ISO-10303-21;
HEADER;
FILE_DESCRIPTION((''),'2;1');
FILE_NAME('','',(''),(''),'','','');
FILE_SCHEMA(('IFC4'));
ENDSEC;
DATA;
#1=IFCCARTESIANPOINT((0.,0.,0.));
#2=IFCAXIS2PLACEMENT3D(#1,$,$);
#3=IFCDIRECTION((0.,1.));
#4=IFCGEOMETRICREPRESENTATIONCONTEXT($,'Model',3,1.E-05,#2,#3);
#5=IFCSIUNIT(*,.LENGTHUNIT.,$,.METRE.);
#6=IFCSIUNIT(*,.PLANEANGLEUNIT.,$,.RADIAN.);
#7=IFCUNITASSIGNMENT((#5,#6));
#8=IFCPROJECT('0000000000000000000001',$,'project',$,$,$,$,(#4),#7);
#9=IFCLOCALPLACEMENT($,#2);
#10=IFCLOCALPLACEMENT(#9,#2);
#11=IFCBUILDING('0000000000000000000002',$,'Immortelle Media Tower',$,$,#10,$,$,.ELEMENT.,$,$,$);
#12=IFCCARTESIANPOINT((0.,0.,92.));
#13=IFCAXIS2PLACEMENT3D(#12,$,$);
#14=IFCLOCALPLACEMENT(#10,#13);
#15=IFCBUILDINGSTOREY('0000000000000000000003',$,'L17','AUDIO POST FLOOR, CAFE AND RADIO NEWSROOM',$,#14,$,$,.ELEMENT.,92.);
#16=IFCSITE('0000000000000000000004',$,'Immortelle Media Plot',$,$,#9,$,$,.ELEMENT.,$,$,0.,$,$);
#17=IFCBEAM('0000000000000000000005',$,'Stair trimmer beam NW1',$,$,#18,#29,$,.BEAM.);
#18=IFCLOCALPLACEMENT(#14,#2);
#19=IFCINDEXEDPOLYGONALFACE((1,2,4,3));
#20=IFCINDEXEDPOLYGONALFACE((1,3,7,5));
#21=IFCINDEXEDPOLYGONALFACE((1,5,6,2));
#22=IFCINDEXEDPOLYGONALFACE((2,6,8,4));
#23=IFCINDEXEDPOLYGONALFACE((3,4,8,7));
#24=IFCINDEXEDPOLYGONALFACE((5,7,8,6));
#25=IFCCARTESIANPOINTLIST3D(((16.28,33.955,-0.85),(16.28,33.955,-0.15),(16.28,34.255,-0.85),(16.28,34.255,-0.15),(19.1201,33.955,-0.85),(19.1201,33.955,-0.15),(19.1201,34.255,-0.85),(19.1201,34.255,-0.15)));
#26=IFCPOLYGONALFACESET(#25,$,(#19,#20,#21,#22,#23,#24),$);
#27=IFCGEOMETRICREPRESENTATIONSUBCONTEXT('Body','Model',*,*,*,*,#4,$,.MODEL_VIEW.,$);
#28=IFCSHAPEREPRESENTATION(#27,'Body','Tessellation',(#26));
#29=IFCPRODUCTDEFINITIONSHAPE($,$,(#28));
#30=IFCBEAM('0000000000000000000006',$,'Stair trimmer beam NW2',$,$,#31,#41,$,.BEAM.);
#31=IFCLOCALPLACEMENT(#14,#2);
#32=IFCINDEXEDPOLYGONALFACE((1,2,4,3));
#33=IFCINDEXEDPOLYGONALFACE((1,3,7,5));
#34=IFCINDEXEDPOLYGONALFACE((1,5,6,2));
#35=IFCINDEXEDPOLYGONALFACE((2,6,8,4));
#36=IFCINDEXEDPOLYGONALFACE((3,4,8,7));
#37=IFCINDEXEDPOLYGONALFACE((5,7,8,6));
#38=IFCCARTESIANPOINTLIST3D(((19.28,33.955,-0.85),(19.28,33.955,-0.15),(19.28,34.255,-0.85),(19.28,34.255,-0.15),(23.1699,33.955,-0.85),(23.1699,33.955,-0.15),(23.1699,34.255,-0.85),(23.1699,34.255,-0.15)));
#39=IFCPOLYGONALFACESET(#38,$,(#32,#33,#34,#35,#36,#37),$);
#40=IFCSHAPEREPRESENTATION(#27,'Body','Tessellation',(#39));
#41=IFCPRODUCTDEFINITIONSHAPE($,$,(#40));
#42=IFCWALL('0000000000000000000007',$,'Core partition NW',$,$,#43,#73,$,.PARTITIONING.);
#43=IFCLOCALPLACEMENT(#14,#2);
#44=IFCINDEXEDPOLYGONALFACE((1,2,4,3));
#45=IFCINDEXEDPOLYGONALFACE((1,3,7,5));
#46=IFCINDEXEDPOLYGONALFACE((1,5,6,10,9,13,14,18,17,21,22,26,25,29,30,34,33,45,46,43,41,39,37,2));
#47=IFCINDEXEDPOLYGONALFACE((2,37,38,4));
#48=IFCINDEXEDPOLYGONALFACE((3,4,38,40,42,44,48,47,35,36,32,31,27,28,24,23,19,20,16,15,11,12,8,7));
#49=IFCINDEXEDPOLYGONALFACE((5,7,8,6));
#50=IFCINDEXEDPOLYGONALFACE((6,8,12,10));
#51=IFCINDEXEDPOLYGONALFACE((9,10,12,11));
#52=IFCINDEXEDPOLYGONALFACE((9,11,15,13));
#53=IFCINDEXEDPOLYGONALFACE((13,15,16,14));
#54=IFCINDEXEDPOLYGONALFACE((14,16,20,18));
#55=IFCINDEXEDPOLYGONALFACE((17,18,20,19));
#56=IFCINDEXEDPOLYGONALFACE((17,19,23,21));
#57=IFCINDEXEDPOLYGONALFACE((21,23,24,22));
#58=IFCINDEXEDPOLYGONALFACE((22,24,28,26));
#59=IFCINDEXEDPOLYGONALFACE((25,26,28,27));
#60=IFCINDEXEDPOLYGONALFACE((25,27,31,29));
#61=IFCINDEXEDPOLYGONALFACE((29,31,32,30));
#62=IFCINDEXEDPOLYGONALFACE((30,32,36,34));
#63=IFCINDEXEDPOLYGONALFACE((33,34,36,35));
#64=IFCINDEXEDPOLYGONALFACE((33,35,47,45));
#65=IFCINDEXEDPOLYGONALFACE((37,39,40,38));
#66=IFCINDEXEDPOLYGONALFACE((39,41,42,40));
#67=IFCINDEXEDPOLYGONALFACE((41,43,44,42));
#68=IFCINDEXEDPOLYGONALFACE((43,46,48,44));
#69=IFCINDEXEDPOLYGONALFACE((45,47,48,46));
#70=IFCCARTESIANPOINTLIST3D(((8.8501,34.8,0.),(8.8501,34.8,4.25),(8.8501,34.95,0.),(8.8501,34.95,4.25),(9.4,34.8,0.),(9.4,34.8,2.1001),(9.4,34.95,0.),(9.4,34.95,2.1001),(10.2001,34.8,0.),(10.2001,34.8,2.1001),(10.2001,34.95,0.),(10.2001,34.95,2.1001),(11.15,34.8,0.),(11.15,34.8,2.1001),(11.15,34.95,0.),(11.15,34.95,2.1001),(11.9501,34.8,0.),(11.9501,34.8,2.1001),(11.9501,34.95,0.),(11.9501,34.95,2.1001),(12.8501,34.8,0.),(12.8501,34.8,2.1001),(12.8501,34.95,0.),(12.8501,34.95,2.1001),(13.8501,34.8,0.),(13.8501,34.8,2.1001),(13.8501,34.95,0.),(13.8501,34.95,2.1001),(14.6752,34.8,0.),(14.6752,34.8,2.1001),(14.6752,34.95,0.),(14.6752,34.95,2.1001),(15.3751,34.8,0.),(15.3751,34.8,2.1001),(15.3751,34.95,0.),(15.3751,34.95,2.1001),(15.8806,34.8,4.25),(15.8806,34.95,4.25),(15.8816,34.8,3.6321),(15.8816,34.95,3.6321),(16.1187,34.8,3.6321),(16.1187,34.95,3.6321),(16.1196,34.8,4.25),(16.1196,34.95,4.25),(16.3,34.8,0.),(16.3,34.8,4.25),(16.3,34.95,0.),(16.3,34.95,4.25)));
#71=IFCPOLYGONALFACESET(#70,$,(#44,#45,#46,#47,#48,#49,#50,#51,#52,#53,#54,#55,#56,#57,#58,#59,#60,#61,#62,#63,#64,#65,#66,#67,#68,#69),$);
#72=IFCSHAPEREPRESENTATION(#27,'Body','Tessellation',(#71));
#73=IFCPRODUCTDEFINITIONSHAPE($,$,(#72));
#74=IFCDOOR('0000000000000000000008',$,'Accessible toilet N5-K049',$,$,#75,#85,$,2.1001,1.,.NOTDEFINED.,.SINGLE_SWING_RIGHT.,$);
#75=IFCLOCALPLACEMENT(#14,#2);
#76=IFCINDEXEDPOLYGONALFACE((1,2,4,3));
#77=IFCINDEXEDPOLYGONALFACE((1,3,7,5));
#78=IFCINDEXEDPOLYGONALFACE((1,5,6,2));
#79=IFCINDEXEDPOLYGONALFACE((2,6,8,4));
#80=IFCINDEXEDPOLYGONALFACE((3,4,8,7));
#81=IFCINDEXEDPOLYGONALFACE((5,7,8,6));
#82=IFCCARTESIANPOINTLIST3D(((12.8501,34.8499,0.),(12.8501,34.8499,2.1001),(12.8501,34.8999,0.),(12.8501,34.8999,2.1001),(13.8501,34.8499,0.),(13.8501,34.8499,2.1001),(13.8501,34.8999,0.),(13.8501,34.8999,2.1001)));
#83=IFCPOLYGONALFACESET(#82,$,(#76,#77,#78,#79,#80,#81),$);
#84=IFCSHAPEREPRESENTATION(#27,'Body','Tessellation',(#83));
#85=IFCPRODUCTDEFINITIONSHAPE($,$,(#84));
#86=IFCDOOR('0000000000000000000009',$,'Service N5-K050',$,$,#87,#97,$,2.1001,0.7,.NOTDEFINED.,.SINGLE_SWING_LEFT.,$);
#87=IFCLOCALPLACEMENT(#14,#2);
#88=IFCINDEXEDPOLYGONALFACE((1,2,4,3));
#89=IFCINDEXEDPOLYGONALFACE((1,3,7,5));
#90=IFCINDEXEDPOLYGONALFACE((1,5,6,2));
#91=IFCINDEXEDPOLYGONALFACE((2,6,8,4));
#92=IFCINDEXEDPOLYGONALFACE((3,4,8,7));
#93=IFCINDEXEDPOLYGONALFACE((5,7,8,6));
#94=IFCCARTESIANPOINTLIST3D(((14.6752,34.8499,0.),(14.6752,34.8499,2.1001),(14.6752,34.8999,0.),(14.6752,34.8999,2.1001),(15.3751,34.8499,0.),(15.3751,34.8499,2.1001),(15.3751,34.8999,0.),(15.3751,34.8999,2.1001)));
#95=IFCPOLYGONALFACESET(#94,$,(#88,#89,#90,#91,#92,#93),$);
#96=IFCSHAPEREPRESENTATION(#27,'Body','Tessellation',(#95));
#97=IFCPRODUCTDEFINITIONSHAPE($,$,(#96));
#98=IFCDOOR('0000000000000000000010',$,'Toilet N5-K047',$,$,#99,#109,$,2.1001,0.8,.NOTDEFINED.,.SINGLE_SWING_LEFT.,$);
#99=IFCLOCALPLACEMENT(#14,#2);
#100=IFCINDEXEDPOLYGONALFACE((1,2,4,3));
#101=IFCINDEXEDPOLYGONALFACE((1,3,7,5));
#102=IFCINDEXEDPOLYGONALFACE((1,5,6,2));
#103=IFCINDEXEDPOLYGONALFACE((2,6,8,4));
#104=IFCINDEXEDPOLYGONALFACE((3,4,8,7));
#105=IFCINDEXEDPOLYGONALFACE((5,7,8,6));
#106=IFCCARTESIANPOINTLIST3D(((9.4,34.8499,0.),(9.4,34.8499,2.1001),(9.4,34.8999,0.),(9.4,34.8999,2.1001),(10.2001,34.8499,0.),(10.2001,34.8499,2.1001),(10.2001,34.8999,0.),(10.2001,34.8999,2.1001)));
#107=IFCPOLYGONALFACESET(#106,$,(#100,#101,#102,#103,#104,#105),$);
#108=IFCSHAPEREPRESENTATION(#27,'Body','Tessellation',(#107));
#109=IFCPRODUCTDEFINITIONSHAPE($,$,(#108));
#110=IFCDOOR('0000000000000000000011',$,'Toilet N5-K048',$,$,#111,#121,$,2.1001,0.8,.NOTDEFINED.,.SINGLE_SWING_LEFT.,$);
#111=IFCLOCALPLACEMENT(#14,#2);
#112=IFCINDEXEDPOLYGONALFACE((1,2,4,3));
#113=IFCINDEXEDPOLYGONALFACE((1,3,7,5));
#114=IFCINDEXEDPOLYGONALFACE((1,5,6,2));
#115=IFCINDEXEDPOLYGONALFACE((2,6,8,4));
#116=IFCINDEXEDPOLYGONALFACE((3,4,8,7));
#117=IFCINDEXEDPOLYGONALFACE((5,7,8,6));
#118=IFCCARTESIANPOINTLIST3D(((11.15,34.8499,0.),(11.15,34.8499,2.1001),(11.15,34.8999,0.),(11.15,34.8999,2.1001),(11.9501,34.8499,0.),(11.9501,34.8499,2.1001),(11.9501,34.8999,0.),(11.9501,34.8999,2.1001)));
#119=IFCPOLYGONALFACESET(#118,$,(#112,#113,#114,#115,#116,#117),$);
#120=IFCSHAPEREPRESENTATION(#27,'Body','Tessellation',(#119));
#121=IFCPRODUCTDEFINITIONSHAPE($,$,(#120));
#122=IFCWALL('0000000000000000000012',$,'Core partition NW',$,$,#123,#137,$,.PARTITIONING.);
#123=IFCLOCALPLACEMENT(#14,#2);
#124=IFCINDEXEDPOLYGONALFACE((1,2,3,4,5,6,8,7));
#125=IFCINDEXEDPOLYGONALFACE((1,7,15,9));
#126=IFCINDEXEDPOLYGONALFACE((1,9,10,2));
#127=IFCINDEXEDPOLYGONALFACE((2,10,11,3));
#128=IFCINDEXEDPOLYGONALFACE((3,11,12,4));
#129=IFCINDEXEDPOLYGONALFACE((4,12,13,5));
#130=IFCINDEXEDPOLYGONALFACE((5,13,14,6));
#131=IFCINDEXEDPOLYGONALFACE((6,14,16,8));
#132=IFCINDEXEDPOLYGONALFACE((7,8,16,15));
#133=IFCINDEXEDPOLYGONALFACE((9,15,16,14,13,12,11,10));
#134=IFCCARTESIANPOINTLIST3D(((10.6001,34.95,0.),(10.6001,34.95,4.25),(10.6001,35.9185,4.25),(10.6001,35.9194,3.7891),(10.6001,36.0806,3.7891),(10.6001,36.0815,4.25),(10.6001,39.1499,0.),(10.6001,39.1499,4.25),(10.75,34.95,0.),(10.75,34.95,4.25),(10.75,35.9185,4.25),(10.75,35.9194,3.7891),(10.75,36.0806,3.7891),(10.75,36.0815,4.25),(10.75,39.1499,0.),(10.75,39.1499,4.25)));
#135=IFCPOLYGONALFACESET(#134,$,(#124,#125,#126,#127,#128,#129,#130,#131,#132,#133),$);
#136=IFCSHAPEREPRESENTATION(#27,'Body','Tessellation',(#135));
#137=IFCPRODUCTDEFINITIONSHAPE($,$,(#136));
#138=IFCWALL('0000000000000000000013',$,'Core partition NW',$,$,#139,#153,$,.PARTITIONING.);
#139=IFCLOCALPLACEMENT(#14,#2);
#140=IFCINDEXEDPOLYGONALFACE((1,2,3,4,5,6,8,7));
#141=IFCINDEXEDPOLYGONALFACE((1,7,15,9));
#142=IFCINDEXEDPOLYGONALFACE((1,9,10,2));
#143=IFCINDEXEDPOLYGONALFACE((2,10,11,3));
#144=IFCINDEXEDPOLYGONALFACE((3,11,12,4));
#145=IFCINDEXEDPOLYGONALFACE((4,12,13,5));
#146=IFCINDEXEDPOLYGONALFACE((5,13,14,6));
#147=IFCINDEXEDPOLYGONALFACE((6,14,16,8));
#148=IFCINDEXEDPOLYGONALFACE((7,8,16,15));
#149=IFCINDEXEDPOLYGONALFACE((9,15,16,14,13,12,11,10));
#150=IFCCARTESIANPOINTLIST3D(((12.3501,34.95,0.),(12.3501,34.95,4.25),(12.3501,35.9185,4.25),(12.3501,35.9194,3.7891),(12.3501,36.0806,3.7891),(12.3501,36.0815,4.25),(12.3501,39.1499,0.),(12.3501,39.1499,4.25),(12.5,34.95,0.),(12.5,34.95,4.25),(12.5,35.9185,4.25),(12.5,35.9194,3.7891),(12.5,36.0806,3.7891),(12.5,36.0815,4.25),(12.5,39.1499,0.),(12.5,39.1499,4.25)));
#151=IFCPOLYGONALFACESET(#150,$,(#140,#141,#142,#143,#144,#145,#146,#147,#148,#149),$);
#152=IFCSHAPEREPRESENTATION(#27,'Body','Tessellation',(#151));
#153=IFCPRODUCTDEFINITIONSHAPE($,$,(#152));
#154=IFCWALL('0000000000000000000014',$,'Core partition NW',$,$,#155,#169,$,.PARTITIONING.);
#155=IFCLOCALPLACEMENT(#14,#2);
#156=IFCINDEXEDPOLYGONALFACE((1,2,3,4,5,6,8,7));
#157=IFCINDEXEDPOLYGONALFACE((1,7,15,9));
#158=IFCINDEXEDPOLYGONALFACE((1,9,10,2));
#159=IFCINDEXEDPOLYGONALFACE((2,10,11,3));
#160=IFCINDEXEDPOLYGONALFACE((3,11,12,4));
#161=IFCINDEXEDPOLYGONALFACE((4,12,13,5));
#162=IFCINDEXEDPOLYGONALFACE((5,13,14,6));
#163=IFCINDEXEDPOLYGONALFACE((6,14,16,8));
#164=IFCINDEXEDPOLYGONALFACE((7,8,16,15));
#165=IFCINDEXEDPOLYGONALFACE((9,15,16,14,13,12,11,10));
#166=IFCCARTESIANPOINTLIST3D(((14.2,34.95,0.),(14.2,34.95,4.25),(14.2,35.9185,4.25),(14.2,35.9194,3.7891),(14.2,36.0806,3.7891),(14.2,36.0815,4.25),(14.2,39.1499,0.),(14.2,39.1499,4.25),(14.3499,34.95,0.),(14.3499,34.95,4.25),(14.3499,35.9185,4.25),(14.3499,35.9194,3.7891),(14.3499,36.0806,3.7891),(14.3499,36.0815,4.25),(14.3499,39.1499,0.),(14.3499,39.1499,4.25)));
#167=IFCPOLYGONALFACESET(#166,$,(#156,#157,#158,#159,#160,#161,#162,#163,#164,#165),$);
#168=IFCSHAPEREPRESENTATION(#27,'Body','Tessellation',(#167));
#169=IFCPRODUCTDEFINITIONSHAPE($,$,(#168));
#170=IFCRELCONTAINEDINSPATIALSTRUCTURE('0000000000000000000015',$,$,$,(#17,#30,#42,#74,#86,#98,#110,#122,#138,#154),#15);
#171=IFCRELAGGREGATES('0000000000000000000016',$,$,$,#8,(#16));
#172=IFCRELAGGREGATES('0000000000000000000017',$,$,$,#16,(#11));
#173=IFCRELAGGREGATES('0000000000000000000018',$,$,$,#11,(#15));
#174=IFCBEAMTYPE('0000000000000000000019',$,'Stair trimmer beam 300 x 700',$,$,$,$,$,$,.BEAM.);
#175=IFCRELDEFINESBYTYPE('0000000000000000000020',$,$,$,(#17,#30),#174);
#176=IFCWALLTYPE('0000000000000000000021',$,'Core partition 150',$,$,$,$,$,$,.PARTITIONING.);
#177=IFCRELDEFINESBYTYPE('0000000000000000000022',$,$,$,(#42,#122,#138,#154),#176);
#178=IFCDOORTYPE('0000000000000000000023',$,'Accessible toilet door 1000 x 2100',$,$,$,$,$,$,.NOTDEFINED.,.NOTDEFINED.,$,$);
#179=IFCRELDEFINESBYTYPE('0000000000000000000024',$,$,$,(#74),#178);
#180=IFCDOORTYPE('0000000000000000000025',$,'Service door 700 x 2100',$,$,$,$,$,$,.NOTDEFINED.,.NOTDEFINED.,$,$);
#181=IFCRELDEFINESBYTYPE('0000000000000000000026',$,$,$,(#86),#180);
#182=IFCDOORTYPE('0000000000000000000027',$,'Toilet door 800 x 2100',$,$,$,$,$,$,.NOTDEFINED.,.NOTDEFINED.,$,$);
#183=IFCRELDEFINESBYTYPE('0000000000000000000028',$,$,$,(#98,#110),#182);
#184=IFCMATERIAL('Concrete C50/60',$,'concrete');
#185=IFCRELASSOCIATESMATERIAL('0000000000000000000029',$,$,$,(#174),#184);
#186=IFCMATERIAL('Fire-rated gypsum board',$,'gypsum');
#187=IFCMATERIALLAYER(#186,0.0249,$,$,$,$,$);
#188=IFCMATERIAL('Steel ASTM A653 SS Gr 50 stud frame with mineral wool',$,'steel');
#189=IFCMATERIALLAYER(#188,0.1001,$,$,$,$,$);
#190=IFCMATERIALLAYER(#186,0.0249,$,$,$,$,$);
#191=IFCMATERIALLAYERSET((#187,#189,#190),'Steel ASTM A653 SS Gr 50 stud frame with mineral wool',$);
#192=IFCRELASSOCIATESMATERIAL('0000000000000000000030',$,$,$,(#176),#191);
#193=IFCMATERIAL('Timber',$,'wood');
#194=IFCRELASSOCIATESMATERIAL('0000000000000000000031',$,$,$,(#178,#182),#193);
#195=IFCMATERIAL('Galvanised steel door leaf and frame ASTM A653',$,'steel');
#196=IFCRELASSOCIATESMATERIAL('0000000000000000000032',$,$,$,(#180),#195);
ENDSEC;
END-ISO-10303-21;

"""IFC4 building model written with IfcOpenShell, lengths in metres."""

from ifc_helpers import new_model, si_unit, direction, frame, frame_2d, origin, origin_2d, place, context, subcontext, project, spatial, polyline, rectangle, outline, extrude, material, layer, layer_set, material_profile, profile_set, type_object, element, fill, save


model = new_model("IFC4")

# Units and contexts
model_context = context("Model", 3, precision=1e-05, world=origin(), true_north=direction((0.0, 1.0)))
body_context = subcontext(model_context, "Body", "Model", "MODEL_VIEW")
ifc_project = project(units=[si_unit("LENGTHUNIT", "METRE"), si_unit("PLANEANGLEUNIT", "RADIAN")], contexts=[model_context])

# Site, building, storey
site_placement = place(None, origin())
site = spatial("IfcSite", under=ifc_project, at=site_placement, Name="Immortelle Media Plot", CompositionType="ELEMENT", RefElevation=0.0)
building_placement = place(site_placement, origin())
building = spatial("IfcBuilding", under=site, at=building_placement, Name="Immortelle Media Tower", CompositionType="ELEMENT")
storey_placement = place(building_placement, frame((0.0, 0.0, 92.0)))
storey = spatial("IfcBuildingStorey", under=building, at=storey_placement, Name="L17", Description="AUDIO POST FLOOR, CAFE AND RADIO NEWSROOM", CompositionType="ELEMENT", Elevation=92.0)

# Beams
ifc_material_1 = material(Name="Concrete C50/60", Category="concrete")
ifc_material_profile = material_profile(ifc_material_1, rectangle(XDim=0.3, YDim=0.7, at=origin_2d()), Name="RC 300x700")
ifc_profile_set = profile_set([ifc_material_profile], Name="Concrete C50/60")
beam_type = type_object("IfcBeamType", Name="Stair trimmer beam 300 x 700", PredefinedType="BEAM", material=ifc_profile_set)
beam_1_placement = place(storey_placement, frame((16.28, 34.105, -0.5), z_axis=(1.0, 0.0, 0.0), x_axis=(0.0, 1.0, 0.0)))
element("IfcBeam", 1, at=beam_1_placement, inside=storey, type_object=beam_type, Name="Stair trimmer beam NW1", PredefinedType="BEAM", context=body_context, shape_type="SweptSolid", body=[
    extrude(rectangle(XDim=0.3, YDim=0.7, at=origin_2d()), origin(), (0.0, 0.0, 1.0), 2.8401),
])
beam_2_placement = place(storey_placement, frame((19.28, 34.105, -0.5), z_axis=(1.0, 0.0, 0.0), x_axis=(0.0, 1.0, 0.0)))
element("IfcBeam", 2, at=beam_2_placement, inside=storey, type_object=beam_type, Name="Stair trimmer beam NW2", PredefinedType="BEAM", context=body_context, shape_type="SweptSolid", body=[
    extrude(rectangle(XDim=0.3, YDim=0.7, at=origin_2d()), origin(), (0.0, 0.0, 1.0), 3.8899),
])

# Wall, openings, doors
ifc_material_2 = material(Name="Fire-rated gypsum board", Category="gypsum")
ifc_layer_1 = layer(ifc_material_2, 0.0249)
ifc_material_3 = material(Name="Steel ASTM A653 SS Gr 50 stud frame with mineral wool", Category="steel")
ifc_layer_2 = layer(ifc_material_3, 0.1001)
ifc_layer_3 = layer(ifc_material_2, 0.0249)
ifc_layer_set_1 = layer_set([ifc_layer_1, ifc_layer_2, ifc_layer_3], Name="Steel ASTM A653 SS Gr 50 stud frame with mineral wool")
wall_type_1 = type_object("IfcWallType", Name="Core partition 150", PredefinedType="PARTITIONING", material=ifc_layer_set_1)
wall_1_placement = place(storey_placement, frame((8.8501, 34.875, 0.0), z_axis=(0.0, 0.0, 1.0), x_axis=(1.0, 0.0, 0.0)))
wall_1 = element("IfcWall", 3, at=wall_1_placement, inside=storey, type_object=wall_type_1, Name="Core partition NW", PredefinedType="PARTITIONING", context=body_context, shape_type="SweptSolid", body=[
    extrude(outline(polyline([(0.0, 0.0), (7.45, 0.0), (7.45, 4.25), (7.2695, 4.25), (7.2686, 3.6321), (7.0315, 3.6321), (7.0305, 4.25), (0.0, 4.25), (0.0, 0.0)])), frame((0.0, 0.075, 0.0), z_axis=(0.0, -1.0, 0.0), x_axis=(1.0, 0.0, 0.0)), (0.0, 0.0, 1.0), 0.1499),
])
opening_1_placement = place(wall_1_placement, frame((0.55, 0.0, 0.0)))
opening_1 = element("IfcOpeningElement", 4, at=opening_1_placement, cuts=wall_1, PredefinedType="OPENING", context=body_context, shape_type="SweptSolid", body=[
    extrude(rectangle(XDim=0.8, YDim=2.1001, at=frame_2d((0.3999, 1.05))), frame((0.0, 0.085, 0.0), z_axis=(0.0, -1.0, 0.0), x_axis=(1.0, 0.0, 0.0)), (0.0, 0.0, 1.0), 0.1699),
])
opening_2_placement = place(wall_1_placement, frame((2.3, 0.0, 0.0)))
opening_2 = element("IfcOpeningElement", 5, at=opening_2_placement, cuts=wall_1, PredefinedType="OPENING", context=body_context, shape_type="SweptSolid", body=[
    extrude(rectangle(XDim=0.8, YDim=2.1001, at=frame_2d((0.3999, 1.05))), frame((0.0, 0.085, 0.0), z_axis=(0.0, -1.0, 0.0), x_axis=(1.0, 0.0, 0.0)), (0.0, 0.0, 1.0), 0.1699),
])
opening_3_placement = place(wall_1_placement, frame((4.0, 0.0, 0.0)))
opening_3 = element("IfcOpeningElement", 6, at=opening_3_placement, cuts=wall_1, PredefinedType="OPENING", context=body_context, shape_type="SweptSolid", body=[
    extrude(rectangle(XDim=1.0, YDim=2.1001, at=frame_2d((0.5, 1.05))), frame((0.0, 0.085, 0.0), z_axis=(0.0, -1.0, 0.0), x_axis=(1.0, 0.0, 0.0)), (0.0, 0.0, 1.0), 0.1699),
])
opening_4_placement = place(wall_1_placement, frame((5.825, 0.0, 0.0)))
opening_4 = element("IfcOpeningElement", 7, at=opening_4_placement, cuts=wall_1, PredefinedType="OPENING", context=body_context, shape_type="SweptSolid", body=[
    extrude(rectangle(XDim=0.7, YDim=2.1001, at=frame_2d((0.3501, 1.05))), frame((0.0, 0.085, 0.0), z_axis=(0.0, -1.0, 0.0), x_axis=(1.0, 0.0, 0.0)), (0.0, 0.0, 1.0), 0.1699),
])
ifc_material_4 = material(Name="Timber", Category="wood")
door_type_1 = type_object("IfcDoorType", Name="Accessible toilet door 1000 x 2100", OperationType="NOTDEFINED", PredefinedType="NOTDEFINED", material=ifc_material_4)
door_1_placement = place(opening_3_placement, origin())
door_1 = element("IfcDoor", 8, at=door_1_placement, inside=storey, type_object=door_type_1, Name="Accessible toilet N5-K049", OperationType="SINGLE_SWING_RIGHT", OverallHeight=2.1001, OverallWidth=1.0, PredefinedType="NOTDEFINED", context=body_context, shape_type="SweptSolid", body=[
    extrude(rectangle(XDim=1.0, YDim=2.1001, at=frame_2d((0.5, 1.05))), frame((0.0, 0.0249, 0.0), z_axis=(0.0, -1.0, 0.0), x_axis=(1.0, 0.0, 0.0)), (0.0, 0.0, 1.0), 0.05),
])
fill(opening_3, door_1)
ifc_material_5 = material(Name="Galvanised steel door leaf and frame ASTM A653", Category="steel")
door_type_2 = type_object("IfcDoorType", Name="Service door 700 x 2100", OperationType="NOTDEFINED", PredefinedType="NOTDEFINED", material=ifc_material_5)
door_2_placement = place(opening_4_placement, origin())
door_2 = element("IfcDoor", 9, at=door_2_placement, inside=storey, type_object=door_type_2, Name="Service N5-K050", OperationType="SINGLE_SWING_LEFT", OverallHeight=2.1001, OverallWidth=0.7, PredefinedType="NOTDEFINED", context=body_context, shape_type="SweptSolid", body=[
    extrude(rectangle(XDim=0.7, YDim=2.1001, at=frame_2d((0.3501, 1.05))), frame((0.0, 0.0249, 0.0), z_axis=(0.0, -1.0, 0.0), x_axis=(1.0, 0.0, 0.0)), (0.0, 0.0, 1.0), 0.05),
])
fill(opening_4, door_2)
door_type_3 = type_object("IfcDoorType", Name="Toilet door 800 x 2100", OperationType="NOTDEFINED", PredefinedType="NOTDEFINED", material=ifc_material_4)
door_3_placement = place(opening_1_placement, origin())
door_3 = element("IfcDoor", 10, at=door_3_placement, inside=storey, type_object=door_type_3, Name="Toilet N5-K047", OperationType="SINGLE_SWING_LEFT", OverallHeight=2.1001, OverallWidth=0.8, PredefinedType="NOTDEFINED", context=body_context, shape_type="SweptSolid", body=[
    extrude(rectangle(XDim=0.8, YDim=2.1001, at=frame_2d((0.3999, 1.05))), frame((0.0, 0.0249, 0.0), z_axis=(0.0, -1.0, 0.0), x_axis=(1.0, 0.0, 0.0)), (0.0, 0.0, 1.0), 0.05),
])
fill(opening_1, door_3)
door_4_placement = place(opening_2_placement, origin())
door_4 = element("IfcDoor", 11, at=door_4_placement, inside=storey, type_object=door_type_3, Name="Toilet N5-K048", OperationType="SINGLE_SWING_LEFT", OverallHeight=2.1001, OverallWidth=0.8, PredefinedType="NOTDEFINED", context=body_context, shape_type="SweptSolid", body=[
    extrude(rectangle(XDim=0.8, YDim=2.1001, at=frame_2d((0.3999, 1.05))), frame((0.0, 0.0249, 0.0), z_axis=(0.0, -1.0, 0.0), x_axis=(1.0, 0.0, 0.0)), (0.0, 0.0, 1.0), 0.05),
])
fill(opening_2, door_4)

# Walls
for number, where, z_axis, x_axis, name in (
    (12, (10.675, 34.95, 0.0), (0.0, 0.0, 1.0), (0.0, 1.0, 0.0), "Core partition NW"),
    (13, (12.425, 34.95, 0.0), (0.0, 0.0, 1.0), (0.0, 1.0, 0.0), "Core partition NW"),
    (14, (14.2749, 34.95, 0.0), (0.0, 0.0, 1.0), (0.0, 1.0, 0.0), "Core partition NW"),
):
    element("IfcWall", number, at=place(storey_placement, frame(where, z_axis=z_axis, x_axis=x_axis)), inside=storey, type_object=wall_type_1, Name=name, PredefinedType="PARTITIONING", context=body_context, shape_type="SweptSolid", body=[
        extrude(outline(polyline([(0.0, 0.0), (4.2, 0.0), (4.2, 4.25), (1.1316, 4.25), (1.1306, 3.7891), (0.9695, 3.7891), (0.9685, 4.25), (0.0, 4.25), (0.0, 0.0)])), frame((0.0, 0.075, 0.0), z_axis=(0.0, -1.0, 0.0), x_axis=(1.0, 0.0, 0.0)), (0.0, 0.0, 1.0), 0.1499),
    ])

save(model, "model.ifc")
